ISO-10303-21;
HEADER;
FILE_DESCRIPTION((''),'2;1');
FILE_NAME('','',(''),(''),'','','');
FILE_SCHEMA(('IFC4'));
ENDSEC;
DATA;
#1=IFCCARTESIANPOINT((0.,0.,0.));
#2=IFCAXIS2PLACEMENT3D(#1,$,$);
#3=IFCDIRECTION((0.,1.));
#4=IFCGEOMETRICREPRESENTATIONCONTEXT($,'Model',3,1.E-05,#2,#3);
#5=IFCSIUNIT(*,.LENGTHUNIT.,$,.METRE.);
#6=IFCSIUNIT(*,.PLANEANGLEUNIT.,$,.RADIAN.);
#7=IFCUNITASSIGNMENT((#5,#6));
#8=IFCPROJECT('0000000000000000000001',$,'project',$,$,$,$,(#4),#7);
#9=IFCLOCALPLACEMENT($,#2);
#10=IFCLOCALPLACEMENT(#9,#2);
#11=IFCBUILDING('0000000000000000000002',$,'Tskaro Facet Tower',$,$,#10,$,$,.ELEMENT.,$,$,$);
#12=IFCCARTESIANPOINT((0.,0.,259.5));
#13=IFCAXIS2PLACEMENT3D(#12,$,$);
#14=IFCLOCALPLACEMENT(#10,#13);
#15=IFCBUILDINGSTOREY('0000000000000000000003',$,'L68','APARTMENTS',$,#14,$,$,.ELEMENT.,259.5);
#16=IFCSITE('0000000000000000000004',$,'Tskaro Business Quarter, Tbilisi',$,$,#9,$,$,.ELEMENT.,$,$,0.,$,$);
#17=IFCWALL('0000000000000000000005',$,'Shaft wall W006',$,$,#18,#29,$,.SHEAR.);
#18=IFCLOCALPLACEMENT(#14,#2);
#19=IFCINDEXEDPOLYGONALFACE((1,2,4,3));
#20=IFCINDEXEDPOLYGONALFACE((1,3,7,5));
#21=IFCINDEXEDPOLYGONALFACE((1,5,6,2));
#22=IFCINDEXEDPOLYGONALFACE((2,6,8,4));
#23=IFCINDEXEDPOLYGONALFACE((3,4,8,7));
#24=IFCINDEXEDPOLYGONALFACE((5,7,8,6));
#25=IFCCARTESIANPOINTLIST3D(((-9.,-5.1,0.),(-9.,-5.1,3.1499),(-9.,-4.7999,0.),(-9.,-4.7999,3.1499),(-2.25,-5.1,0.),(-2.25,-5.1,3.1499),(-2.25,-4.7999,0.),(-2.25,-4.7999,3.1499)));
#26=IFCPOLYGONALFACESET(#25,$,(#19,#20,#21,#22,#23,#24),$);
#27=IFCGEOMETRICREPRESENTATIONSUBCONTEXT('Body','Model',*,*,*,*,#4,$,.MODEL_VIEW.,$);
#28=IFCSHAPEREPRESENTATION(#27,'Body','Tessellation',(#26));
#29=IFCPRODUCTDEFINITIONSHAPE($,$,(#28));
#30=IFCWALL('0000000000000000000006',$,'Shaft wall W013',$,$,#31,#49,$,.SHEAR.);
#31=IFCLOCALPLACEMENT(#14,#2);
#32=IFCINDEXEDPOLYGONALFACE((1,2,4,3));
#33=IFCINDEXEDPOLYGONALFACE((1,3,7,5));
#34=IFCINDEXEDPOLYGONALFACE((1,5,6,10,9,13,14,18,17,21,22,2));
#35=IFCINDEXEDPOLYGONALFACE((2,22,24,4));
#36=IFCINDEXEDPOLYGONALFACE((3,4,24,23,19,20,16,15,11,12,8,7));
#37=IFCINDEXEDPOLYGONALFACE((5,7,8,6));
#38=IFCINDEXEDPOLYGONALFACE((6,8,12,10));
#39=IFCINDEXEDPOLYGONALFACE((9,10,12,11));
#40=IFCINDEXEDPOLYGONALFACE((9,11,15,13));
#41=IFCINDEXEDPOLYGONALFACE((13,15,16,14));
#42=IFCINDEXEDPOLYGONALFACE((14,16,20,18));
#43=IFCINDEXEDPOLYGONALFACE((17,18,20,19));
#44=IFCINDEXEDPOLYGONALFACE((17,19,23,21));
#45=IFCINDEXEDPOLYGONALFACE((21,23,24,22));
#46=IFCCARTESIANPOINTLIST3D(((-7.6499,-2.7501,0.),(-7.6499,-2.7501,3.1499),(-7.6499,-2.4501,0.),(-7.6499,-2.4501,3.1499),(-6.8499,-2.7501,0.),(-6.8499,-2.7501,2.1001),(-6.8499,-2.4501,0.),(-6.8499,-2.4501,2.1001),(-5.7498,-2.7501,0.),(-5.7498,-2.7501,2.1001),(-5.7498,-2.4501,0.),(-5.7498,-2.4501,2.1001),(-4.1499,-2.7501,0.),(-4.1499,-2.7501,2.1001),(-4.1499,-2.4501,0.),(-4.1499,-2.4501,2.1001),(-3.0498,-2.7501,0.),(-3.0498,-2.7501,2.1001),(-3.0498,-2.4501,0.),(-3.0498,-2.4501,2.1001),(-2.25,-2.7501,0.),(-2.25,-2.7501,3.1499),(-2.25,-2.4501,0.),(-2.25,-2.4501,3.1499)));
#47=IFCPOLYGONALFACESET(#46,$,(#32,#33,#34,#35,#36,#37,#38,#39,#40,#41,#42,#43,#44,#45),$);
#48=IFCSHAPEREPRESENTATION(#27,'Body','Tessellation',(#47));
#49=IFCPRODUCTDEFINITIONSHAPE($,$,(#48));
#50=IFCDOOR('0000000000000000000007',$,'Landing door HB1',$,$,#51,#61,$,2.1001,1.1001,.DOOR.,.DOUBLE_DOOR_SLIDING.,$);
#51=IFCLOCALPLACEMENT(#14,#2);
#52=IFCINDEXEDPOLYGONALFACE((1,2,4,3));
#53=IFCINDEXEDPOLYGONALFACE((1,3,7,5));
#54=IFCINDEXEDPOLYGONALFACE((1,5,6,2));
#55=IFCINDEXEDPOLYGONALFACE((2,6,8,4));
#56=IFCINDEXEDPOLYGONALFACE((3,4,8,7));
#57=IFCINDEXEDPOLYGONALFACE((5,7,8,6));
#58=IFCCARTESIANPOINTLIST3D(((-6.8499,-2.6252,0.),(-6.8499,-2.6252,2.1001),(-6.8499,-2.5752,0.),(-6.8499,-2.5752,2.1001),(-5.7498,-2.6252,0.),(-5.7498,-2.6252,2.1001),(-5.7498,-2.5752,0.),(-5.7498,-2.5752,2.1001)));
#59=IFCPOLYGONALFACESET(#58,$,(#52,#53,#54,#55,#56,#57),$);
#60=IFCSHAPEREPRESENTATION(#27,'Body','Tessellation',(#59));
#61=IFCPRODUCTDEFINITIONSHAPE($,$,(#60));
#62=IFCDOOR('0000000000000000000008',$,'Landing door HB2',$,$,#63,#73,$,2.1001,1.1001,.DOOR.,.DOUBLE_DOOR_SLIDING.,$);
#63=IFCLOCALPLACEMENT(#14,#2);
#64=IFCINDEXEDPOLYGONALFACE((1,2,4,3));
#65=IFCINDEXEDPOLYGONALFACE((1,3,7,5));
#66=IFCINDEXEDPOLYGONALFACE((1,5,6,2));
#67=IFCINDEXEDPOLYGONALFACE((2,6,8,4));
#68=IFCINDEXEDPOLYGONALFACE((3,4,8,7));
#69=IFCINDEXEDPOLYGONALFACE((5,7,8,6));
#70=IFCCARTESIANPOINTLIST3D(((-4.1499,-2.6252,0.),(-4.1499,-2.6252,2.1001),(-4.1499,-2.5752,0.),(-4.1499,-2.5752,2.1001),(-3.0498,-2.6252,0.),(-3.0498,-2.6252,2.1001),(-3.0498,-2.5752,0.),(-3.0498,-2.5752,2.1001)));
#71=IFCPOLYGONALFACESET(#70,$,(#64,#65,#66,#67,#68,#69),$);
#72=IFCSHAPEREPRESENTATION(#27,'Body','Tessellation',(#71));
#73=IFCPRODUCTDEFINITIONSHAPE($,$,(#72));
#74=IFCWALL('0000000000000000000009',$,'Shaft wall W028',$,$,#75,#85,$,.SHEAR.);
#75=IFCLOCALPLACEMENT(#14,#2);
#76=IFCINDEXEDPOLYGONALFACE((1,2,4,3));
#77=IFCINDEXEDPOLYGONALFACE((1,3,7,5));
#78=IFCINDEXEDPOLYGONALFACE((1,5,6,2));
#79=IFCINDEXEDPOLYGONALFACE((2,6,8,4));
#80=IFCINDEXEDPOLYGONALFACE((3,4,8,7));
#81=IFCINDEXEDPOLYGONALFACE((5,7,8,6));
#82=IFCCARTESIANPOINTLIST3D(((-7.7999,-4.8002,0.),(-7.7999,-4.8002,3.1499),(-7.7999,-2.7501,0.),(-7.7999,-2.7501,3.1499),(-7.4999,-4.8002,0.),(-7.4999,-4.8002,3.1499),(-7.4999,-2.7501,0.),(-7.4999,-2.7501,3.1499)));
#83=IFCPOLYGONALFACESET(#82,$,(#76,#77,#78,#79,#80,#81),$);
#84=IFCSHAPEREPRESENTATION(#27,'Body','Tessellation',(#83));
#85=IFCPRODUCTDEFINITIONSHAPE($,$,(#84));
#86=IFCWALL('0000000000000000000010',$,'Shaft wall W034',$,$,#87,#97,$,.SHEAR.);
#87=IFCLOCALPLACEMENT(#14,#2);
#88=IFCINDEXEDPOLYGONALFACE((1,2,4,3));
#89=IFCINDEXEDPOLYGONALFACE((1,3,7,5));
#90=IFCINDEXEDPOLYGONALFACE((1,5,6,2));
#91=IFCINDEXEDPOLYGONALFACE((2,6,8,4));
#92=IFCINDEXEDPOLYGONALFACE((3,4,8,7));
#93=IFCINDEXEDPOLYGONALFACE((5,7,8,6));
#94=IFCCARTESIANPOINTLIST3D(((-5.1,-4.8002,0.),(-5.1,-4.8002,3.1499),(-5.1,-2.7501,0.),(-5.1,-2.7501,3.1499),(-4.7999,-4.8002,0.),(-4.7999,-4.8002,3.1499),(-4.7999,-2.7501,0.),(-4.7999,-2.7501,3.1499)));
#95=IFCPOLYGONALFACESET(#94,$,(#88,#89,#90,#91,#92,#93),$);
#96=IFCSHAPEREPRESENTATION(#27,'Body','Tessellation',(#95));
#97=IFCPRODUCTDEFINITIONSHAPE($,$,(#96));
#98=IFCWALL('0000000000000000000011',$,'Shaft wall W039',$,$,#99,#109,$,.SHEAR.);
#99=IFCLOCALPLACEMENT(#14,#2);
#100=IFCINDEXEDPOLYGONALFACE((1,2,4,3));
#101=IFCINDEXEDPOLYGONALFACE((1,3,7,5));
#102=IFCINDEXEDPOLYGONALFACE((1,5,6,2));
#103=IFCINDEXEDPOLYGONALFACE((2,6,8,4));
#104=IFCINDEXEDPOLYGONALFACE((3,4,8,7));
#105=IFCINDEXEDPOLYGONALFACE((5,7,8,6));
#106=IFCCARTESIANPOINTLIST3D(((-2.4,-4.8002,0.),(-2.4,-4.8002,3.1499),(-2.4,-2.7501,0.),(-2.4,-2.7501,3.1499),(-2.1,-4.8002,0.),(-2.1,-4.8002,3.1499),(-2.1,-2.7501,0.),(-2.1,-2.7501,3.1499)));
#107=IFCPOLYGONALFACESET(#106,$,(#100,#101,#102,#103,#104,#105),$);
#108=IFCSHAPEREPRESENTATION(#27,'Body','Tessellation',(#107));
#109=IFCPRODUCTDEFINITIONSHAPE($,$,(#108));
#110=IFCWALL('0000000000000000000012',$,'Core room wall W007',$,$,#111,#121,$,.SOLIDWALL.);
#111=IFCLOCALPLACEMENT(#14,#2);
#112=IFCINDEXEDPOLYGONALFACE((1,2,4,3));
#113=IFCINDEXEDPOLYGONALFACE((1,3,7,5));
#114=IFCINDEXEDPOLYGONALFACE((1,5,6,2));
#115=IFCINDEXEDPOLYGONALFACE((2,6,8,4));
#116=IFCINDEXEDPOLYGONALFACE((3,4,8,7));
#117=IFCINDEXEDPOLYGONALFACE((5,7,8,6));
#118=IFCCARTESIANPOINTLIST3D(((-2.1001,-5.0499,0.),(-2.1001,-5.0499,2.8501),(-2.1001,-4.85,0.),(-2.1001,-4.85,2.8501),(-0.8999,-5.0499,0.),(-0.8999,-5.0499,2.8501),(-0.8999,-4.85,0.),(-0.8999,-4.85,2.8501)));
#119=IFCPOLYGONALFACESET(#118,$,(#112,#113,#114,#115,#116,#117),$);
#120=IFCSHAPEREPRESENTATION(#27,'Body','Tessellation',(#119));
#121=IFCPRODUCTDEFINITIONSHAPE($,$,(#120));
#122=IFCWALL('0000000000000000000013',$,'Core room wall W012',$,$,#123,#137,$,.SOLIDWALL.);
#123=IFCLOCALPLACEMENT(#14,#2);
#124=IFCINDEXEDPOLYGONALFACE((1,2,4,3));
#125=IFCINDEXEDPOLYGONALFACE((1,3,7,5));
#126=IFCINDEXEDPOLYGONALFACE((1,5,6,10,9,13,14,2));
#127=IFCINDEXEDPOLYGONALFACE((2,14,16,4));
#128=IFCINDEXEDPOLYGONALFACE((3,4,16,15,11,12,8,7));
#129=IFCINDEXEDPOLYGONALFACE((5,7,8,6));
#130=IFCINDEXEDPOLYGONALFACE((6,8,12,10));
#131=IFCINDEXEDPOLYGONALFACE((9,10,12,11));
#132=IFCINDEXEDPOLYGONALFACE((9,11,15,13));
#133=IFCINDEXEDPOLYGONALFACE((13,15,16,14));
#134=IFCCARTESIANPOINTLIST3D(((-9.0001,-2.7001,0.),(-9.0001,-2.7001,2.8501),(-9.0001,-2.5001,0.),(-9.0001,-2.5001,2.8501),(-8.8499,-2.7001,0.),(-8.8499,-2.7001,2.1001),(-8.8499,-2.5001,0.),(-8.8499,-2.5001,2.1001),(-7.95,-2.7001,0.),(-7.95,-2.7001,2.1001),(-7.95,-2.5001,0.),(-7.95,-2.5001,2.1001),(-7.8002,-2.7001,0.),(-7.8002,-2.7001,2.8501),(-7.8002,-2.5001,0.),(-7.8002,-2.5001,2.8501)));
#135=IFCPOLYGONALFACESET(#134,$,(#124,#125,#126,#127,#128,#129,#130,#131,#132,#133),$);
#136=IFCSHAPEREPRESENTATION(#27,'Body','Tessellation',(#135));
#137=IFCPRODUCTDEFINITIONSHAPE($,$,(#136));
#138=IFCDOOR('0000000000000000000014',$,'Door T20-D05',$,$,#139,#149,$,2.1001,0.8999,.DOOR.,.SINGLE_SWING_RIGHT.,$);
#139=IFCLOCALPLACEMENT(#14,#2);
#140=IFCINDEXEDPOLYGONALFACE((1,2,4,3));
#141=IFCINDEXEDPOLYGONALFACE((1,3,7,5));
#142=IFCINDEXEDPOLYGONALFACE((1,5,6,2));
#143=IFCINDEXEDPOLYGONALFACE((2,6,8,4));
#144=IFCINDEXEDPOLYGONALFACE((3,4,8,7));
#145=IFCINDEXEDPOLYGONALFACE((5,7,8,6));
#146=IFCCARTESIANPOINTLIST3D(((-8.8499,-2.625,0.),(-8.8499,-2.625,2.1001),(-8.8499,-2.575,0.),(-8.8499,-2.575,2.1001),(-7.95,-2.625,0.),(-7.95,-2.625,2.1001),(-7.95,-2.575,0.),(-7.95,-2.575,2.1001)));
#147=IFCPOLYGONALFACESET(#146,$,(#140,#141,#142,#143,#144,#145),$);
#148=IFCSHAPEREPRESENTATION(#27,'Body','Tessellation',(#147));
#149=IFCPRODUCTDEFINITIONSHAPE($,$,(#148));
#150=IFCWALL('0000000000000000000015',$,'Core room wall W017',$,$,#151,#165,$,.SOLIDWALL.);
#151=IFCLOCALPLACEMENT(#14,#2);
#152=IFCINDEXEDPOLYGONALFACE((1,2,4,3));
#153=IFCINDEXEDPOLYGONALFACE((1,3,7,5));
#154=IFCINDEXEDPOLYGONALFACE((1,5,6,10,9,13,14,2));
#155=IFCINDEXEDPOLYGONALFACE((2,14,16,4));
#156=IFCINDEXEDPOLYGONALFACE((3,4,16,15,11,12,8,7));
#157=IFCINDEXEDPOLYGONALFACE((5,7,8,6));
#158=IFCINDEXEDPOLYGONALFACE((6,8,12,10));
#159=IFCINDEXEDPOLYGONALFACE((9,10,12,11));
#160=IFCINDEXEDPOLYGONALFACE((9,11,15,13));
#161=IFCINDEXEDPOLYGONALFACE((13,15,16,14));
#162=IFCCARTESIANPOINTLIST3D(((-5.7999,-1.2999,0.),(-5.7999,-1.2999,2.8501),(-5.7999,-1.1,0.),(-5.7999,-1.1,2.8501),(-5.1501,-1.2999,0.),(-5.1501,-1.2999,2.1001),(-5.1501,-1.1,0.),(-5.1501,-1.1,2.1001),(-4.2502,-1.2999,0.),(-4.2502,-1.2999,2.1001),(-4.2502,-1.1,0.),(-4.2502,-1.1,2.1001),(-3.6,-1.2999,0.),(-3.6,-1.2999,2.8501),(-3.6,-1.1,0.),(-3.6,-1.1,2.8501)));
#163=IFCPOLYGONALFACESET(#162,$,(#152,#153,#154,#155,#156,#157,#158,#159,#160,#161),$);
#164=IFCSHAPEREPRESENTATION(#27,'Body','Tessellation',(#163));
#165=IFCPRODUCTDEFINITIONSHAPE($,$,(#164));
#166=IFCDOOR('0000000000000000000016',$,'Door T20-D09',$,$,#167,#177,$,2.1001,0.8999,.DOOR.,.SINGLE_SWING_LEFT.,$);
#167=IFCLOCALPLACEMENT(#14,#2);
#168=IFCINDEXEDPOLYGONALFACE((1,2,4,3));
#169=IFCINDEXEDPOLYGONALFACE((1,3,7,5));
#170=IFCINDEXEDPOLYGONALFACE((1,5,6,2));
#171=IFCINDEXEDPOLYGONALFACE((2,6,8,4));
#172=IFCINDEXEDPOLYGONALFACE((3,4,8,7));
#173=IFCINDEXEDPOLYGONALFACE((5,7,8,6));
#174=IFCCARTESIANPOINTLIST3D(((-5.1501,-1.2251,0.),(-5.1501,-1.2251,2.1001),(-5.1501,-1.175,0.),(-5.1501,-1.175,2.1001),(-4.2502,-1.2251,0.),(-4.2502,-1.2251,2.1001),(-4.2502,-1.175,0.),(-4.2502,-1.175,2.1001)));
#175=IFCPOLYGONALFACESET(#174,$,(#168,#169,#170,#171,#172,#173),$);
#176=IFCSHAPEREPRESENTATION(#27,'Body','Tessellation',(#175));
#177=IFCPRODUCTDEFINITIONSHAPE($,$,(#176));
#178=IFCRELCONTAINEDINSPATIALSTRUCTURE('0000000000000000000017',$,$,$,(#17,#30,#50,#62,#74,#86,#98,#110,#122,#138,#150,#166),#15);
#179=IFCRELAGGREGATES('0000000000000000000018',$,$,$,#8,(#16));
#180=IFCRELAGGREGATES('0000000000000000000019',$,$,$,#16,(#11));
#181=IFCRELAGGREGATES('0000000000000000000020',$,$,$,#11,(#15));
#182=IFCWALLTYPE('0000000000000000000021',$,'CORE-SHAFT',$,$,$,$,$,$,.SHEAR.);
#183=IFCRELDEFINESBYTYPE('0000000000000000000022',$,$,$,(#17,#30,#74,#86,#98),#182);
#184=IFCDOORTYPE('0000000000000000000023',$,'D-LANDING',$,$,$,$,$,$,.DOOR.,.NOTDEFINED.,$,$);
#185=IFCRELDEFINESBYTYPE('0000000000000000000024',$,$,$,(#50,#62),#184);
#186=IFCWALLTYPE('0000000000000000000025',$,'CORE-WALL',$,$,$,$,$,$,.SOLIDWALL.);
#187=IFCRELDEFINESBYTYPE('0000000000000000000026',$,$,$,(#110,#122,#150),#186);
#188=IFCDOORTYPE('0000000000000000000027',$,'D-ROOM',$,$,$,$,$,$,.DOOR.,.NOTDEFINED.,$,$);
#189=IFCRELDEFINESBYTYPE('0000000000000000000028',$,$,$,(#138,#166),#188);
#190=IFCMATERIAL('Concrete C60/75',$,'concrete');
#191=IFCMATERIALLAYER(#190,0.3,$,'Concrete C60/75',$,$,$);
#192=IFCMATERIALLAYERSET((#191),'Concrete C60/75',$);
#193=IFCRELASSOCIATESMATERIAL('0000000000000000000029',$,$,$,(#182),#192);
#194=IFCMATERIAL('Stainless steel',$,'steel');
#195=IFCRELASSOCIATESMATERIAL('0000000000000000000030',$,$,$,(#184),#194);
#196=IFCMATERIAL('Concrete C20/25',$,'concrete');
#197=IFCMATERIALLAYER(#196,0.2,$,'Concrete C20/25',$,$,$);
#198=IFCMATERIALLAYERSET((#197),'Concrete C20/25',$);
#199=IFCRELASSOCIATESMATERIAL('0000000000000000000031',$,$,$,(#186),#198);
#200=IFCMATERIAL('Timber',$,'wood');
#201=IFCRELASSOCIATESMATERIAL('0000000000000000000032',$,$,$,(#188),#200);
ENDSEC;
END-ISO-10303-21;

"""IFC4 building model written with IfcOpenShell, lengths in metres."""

from ifc_helpers import new_model, si_unit, direction, frame, frame_2d, origin, place, context, subcontext, project, spatial, rectangle, extrude, material, layer, layer_set, type_object, element, fill, save


model = new_model("IFC4")

# Units and contexts
model_context = context("Model", 3, precision=1e-05, world=origin(), true_north=direction((0.0, 1.0)))
body_context = subcontext(model_context, "Body", "Model", "MODEL_VIEW")
ifc_project = project(units=[si_unit("LENGTHUNIT", "METRE"), si_unit("PLANEANGLEUNIT", "RADIAN")], contexts=[model_context])

# Site, building, storey
site_placement = place(None, origin())
site = spatial("IfcSite", under=ifc_project, at=site_placement, Name="Tskaro Business Quarter, Tbilisi", CompositionType="ELEMENT", RefElevation=0.0)
building_placement = place(site_placement, origin())
building = spatial("IfcBuilding", under=site, at=building_placement, Name="Tskaro Facet Tower", CompositionType="ELEMENT")
storey_placement = place(building_placement, frame((0.0, 0.0, 259.5)))
storey = spatial("IfcBuildingStorey", under=building, at=storey_placement, Name="L68", Description="APARTMENTS", CompositionType="ELEMENT", Elevation=259.5)

# Wall
ifc_material_1 = material(Name="Concrete C60/75", Category="concrete")
ifc_layer_1 = layer(ifc_material_1, 0.3, Name="Concrete C60/75")
ifc_layer_set_1 = layer_set([ifc_layer_1], Name="Concrete C60/75")
wall_type_1 = type_object("IfcWallType", Name="CORE-SHAFT", PredefinedType="SHEAR", material=ifc_layer_set_1)
wall_1_placement = place(storey_placement, frame((-9.0, -4.95, 0.0), z_axis=(0.0, 0.0, 1.0), x_axis=(1.0, 0.0, 0.0)))
element("IfcWall", 1, at=wall_1_placement, inside=storey, type_object=wall_type_1, Name="Shaft wall W006", PredefinedType="SHEAR", context=body_context, shape_type="SweptSolid", body=[
    extrude(rectangle(XDim=6.75, YDim=0.3, at=frame_2d((3.375, 0.0))), origin(), (0.0, 0.0, 1.0), 3.1499),
])

# Wall, openings, doors
wall_2_placement = place(storey_placement, frame((-7.6499, -2.6001, 0.0), z_axis=(0.0, 0.0, 1.0), x_axis=(1.0, 0.0, 0.0)))
wall_2 = element("IfcWall", 2, at=wall_2_placement, inside=storey, type_object=wall_type_1, Name="Shaft wall W013", PredefinedType="SHEAR", context=body_context, shape_type="SweptSolid", body=[
    extrude(rectangle(XDim=5.3999, YDim=0.3, at=frame_2d((2.7, 0.0))), origin(), (0.0, 0.0, 1.0), 3.1499),
])
opening_1_placement = place(wall_2_placement, frame((0.8, 0.0, 0.0)))
opening_1 = element("IfcOpeningElement", 3, at=opening_1_placement, cuts=wall_2, PredefinedType="OPENING", context=body_context, shape_type="SweptSolid", body=[
    extrude(rectangle(XDim=1.1001, YDim=2.1001, at=frame_2d((0.55, 1.05))), frame((0.0, 0.1599, 0.0), z_axis=(0.0, -1.0, 0.0), x_axis=(1.0, 0.0, 0.0)), (0.0, 0.0, 1.0), 0.3201),
])
opening_2_placement = place(wall_2_placement, frame((3.5, 0.0, 0.0)))
opening_2 = element("IfcOpeningElement", 4, at=opening_2_placement, cuts=wall_2, PredefinedType="OPENING", context=body_context, shape_type="SweptSolid", body=[
    extrude(rectangle(XDim=1.1001, YDim=2.1001, at=frame_2d((0.55, 1.05))), frame((0.0, 0.1599, 0.0), z_axis=(0.0, -1.0, 0.0), x_axis=(1.0, 0.0, 0.0)), (0.0, 0.0, 1.0), 0.3201),
])
ifc_material_2 = material(Name="Stainless steel", Category="steel")
door_type_1 = type_object("IfcDoorType", Name="D-LANDING", OperationType="NOTDEFINED", PredefinedType="DOOR", material=ifc_material_2)
door_1_placement = place(opening_1_placement, origin())
door_1 = element("IfcDoor", 5, at=door_1_placement, inside=storey, type_object=door_type_1, Name="Landing door HB1", OperationType="DOUBLE_DOOR_SLIDING", OverallHeight=2.1001, OverallWidth=1.1001, PredefinedType="DOOR", context=body_context, shape_type="SweptSolid", body=[
    extrude(rectangle(XDim=1.1001, YDim=2.1001, at=frame_2d((0.55, 1.05))), frame((0.0, 0.0249, 0.0), z_axis=(0.0, -1.0, 0.0), x_axis=(1.0, 0.0, 0.0)), (0.0, 0.0, 1.0), 0.05),
])
fill(opening_1, door_1)
door_2_placement = place(opening_2_placement, origin())
door_2 = element("IfcDoor", 6, at=door_2_placement, inside=storey, type_object=door_type_1, Name="Landing door HB2", OperationType="DOUBLE_DOOR_SLIDING", OverallHeight=2.1001, OverallWidth=1.1001, PredefinedType="DOOR", context=body_context, shape_type="SweptSolid", body=[
    extrude(rectangle(XDim=1.1001, YDim=2.1001, at=frame_2d((0.55, 1.05))), frame((0.0, 0.0249, 0.0), z_axis=(0.0, -1.0, 0.0), x_axis=(1.0, 0.0, 0.0)), (0.0, 0.0, 1.0), 0.05),
])
fill(opening_2, door_2)

# Walls
for number, where, z_axis, x_axis, name in (
    (7, (-7.6499, -4.8, 0.0), (0.0, 0.0, 1.0), (0.0, 1.0, 0.0), "Shaft wall W028"),
    (8, (-4.95, -4.8, 0.0), (0.0, 0.0, 1.0), (0.0, 1.0, 0.0), "Shaft wall W034"),
    (9, (-2.25, -4.8, 0.0), (0.0, 0.0, 1.0), (0.0, 1.0, 0.0), "Shaft wall W039"),
):
    element("IfcWall", number, at=place(storey_placement, frame(where, z_axis=z_axis, x_axis=x_axis)), inside=storey, type_object=wall_type_1, Name=name, PredefinedType="SHEAR", context=body_context, shape_type="SweptSolid", body=[
        extrude(rectangle(XDim=2.05, YDim=0.3, at=frame_2d((1.0249, 0.0))), origin(), (0.0, 0.0, 1.0), 3.1499),
    ])
ifc_material_3 = material(Name="Concrete C20/25", Category="concrete")
ifc_layer_2 = layer(ifc_material_3, 0.2, Name="Concrete C20/25")
ifc_layer_set_2 = layer_set([ifc_layer_2], Name="Concrete C20/25")
wall_type_2 = type_object("IfcWallType", Name="CORE-WALL", PredefinedType="SOLIDWALL", material=ifc_layer_set_2)
wall_3_placement = place(storey_placement, frame((-2.1001, -4.95, 0.0), z_axis=(0.0, 0.0, 1.0), x_axis=(1.0, 0.0, 0.0)))
element("IfcWall", 10, at=wall_3_placement, inside=storey, type_object=wall_type_2, Name="Core room wall W007", PredefinedType="SOLIDWALL", context=body_context, shape_type="SweptSolid", body=[
    extrude(rectangle(XDim=1.2002, YDim=0.2, at=frame_2d((0.6001, 0.0))), origin(), (0.0, 0.0, 1.0), 2.8501),
])

# Walls, openings, doors
wall_4_placement = place(storey_placement, frame((-7.8, -2.6001, 0.0), z_axis=(0.0, 0.0, 1.0), x_axis=(-1.0, 0.0, 0.0)))
wall_4 = element("IfcWall", 11, at=wall_4_placement, inside=storey, type_object=wall_type_2, Name="Core room wall W012", PredefinedType="SOLIDWALL", context=body_context, shape_type="SweptSolid", body=[
    extrude(rectangle(XDim=1.2, YDim=0.2, at=frame_2d((0.6001, 0.0))), origin(), (0.0, 0.0, 1.0), 2.8501),
])
opening_3_placement = place(wall_4_placement, frame((0.1499, 0.0, 0.0)))
opening_3 = element("IfcOpeningElement", 12, at=opening_3_placement, cuts=wall_4, PredefinedType="OPENING", context=body_context, shape_type="SweptSolid", body=[
    extrude(rectangle(XDim=0.8999, YDim=2.1001, at=frame_2d((0.45, 1.05))), frame((0.0, 0.1099, 0.0), z_axis=(0.0, -1.0, 0.0), x_axis=(1.0, 0.0, 0.0)), (0.0, 0.0, 1.0), 0.22),
])
ifc_material_4 = material(Name="Timber", Category="wood")
door_type_2 = type_object("IfcDoorType", Name="D-ROOM", OperationType="NOTDEFINED", PredefinedType="DOOR", material=ifc_material_4)
door_3_placement = place(opening_3_placement, origin())
door_3 = element("IfcDoor", 13, at=door_3_placement, inside=storey, type_object=door_type_2, Name="Door T20-D05", OperationType="SINGLE_SWING_RIGHT", OverallHeight=2.1001, OverallWidth=0.8999, PredefinedType="DOOR", context=body_context, shape_type="SweptSolid", body=[
    extrude(rectangle(XDim=0.8999, YDim=2.1001, at=frame_2d((0.45, 1.05))), frame((0.0, 0.0249, 0.0), z_axis=(0.0, -1.0, 0.0), x_axis=(1.0, 0.0, 0.0)), (0.0, 0.0, 1.0), 0.05),
])
fill(opening_3, door_3)
wall_5_placement = place(storey_placement, frame((-5.8, -1.2, 0.0), z_axis=(0.0, 0.0, 1.0), x_axis=(1.0, 0.0, 0.0)))
wall_5 = element("IfcWall", 14, at=wall_5_placement, inside=storey, type_object=wall_type_2, Name="Core room wall W017", PredefinedType="SOLIDWALL", context=body_context, shape_type="SweptSolid", body=[
    extrude(rectangle(XDim=2.2, YDim=0.2, at=frame_2d((1.1001, 0.0))), origin(), (0.0, 0.0, 1.0), 2.8501),
])
opening_4_placement = place(wall_5_placement, frame((0.6499, 0.0, 0.0)))
opening_4 = element("IfcOpeningElement", 15, at=opening_4_placement, cuts=wall_5, PredefinedType="OPENING", context=body_context, shape_type="SweptSolid", body=[
    extrude(rectangle(XDim=0.8999, YDim=2.1001, at=frame_2d((0.45, 1.05))), frame((0.0, 0.1099, 0.0), z_axis=(0.0, -1.0, 0.0), x_axis=(1.0, 0.0, 0.0)), (0.0, 0.0, 1.0), 0.22),
])
door_4_placement = place(opening_4_placement, origin())
door_4 = element("IfcDoor", 16, at=door_4_placement, inside=storey, type_object=door_type_2, Name="Door T20-D09", OperationType="SINGLE_SWING_LEFT", OverallHeight=2.1001, OverallWidth=0.8999, PredefinedType="DOOR", context=body_context, shape_type="SweptSolid", body=[
    extrude(rectangle(XDim=0.8999, YDim=2.1001, at=frame_2d((0.45, 1.05))), frame((0.0, 0.0249, 0.0), z_axis=(0.0, -1.0, 0.0), x_axis=(1.0, 0.0, 0.0)), (0.0, 0.0, 1.0), 0.05),
])
fill(opening_4, door_4)

save(model, "model.ifc")
